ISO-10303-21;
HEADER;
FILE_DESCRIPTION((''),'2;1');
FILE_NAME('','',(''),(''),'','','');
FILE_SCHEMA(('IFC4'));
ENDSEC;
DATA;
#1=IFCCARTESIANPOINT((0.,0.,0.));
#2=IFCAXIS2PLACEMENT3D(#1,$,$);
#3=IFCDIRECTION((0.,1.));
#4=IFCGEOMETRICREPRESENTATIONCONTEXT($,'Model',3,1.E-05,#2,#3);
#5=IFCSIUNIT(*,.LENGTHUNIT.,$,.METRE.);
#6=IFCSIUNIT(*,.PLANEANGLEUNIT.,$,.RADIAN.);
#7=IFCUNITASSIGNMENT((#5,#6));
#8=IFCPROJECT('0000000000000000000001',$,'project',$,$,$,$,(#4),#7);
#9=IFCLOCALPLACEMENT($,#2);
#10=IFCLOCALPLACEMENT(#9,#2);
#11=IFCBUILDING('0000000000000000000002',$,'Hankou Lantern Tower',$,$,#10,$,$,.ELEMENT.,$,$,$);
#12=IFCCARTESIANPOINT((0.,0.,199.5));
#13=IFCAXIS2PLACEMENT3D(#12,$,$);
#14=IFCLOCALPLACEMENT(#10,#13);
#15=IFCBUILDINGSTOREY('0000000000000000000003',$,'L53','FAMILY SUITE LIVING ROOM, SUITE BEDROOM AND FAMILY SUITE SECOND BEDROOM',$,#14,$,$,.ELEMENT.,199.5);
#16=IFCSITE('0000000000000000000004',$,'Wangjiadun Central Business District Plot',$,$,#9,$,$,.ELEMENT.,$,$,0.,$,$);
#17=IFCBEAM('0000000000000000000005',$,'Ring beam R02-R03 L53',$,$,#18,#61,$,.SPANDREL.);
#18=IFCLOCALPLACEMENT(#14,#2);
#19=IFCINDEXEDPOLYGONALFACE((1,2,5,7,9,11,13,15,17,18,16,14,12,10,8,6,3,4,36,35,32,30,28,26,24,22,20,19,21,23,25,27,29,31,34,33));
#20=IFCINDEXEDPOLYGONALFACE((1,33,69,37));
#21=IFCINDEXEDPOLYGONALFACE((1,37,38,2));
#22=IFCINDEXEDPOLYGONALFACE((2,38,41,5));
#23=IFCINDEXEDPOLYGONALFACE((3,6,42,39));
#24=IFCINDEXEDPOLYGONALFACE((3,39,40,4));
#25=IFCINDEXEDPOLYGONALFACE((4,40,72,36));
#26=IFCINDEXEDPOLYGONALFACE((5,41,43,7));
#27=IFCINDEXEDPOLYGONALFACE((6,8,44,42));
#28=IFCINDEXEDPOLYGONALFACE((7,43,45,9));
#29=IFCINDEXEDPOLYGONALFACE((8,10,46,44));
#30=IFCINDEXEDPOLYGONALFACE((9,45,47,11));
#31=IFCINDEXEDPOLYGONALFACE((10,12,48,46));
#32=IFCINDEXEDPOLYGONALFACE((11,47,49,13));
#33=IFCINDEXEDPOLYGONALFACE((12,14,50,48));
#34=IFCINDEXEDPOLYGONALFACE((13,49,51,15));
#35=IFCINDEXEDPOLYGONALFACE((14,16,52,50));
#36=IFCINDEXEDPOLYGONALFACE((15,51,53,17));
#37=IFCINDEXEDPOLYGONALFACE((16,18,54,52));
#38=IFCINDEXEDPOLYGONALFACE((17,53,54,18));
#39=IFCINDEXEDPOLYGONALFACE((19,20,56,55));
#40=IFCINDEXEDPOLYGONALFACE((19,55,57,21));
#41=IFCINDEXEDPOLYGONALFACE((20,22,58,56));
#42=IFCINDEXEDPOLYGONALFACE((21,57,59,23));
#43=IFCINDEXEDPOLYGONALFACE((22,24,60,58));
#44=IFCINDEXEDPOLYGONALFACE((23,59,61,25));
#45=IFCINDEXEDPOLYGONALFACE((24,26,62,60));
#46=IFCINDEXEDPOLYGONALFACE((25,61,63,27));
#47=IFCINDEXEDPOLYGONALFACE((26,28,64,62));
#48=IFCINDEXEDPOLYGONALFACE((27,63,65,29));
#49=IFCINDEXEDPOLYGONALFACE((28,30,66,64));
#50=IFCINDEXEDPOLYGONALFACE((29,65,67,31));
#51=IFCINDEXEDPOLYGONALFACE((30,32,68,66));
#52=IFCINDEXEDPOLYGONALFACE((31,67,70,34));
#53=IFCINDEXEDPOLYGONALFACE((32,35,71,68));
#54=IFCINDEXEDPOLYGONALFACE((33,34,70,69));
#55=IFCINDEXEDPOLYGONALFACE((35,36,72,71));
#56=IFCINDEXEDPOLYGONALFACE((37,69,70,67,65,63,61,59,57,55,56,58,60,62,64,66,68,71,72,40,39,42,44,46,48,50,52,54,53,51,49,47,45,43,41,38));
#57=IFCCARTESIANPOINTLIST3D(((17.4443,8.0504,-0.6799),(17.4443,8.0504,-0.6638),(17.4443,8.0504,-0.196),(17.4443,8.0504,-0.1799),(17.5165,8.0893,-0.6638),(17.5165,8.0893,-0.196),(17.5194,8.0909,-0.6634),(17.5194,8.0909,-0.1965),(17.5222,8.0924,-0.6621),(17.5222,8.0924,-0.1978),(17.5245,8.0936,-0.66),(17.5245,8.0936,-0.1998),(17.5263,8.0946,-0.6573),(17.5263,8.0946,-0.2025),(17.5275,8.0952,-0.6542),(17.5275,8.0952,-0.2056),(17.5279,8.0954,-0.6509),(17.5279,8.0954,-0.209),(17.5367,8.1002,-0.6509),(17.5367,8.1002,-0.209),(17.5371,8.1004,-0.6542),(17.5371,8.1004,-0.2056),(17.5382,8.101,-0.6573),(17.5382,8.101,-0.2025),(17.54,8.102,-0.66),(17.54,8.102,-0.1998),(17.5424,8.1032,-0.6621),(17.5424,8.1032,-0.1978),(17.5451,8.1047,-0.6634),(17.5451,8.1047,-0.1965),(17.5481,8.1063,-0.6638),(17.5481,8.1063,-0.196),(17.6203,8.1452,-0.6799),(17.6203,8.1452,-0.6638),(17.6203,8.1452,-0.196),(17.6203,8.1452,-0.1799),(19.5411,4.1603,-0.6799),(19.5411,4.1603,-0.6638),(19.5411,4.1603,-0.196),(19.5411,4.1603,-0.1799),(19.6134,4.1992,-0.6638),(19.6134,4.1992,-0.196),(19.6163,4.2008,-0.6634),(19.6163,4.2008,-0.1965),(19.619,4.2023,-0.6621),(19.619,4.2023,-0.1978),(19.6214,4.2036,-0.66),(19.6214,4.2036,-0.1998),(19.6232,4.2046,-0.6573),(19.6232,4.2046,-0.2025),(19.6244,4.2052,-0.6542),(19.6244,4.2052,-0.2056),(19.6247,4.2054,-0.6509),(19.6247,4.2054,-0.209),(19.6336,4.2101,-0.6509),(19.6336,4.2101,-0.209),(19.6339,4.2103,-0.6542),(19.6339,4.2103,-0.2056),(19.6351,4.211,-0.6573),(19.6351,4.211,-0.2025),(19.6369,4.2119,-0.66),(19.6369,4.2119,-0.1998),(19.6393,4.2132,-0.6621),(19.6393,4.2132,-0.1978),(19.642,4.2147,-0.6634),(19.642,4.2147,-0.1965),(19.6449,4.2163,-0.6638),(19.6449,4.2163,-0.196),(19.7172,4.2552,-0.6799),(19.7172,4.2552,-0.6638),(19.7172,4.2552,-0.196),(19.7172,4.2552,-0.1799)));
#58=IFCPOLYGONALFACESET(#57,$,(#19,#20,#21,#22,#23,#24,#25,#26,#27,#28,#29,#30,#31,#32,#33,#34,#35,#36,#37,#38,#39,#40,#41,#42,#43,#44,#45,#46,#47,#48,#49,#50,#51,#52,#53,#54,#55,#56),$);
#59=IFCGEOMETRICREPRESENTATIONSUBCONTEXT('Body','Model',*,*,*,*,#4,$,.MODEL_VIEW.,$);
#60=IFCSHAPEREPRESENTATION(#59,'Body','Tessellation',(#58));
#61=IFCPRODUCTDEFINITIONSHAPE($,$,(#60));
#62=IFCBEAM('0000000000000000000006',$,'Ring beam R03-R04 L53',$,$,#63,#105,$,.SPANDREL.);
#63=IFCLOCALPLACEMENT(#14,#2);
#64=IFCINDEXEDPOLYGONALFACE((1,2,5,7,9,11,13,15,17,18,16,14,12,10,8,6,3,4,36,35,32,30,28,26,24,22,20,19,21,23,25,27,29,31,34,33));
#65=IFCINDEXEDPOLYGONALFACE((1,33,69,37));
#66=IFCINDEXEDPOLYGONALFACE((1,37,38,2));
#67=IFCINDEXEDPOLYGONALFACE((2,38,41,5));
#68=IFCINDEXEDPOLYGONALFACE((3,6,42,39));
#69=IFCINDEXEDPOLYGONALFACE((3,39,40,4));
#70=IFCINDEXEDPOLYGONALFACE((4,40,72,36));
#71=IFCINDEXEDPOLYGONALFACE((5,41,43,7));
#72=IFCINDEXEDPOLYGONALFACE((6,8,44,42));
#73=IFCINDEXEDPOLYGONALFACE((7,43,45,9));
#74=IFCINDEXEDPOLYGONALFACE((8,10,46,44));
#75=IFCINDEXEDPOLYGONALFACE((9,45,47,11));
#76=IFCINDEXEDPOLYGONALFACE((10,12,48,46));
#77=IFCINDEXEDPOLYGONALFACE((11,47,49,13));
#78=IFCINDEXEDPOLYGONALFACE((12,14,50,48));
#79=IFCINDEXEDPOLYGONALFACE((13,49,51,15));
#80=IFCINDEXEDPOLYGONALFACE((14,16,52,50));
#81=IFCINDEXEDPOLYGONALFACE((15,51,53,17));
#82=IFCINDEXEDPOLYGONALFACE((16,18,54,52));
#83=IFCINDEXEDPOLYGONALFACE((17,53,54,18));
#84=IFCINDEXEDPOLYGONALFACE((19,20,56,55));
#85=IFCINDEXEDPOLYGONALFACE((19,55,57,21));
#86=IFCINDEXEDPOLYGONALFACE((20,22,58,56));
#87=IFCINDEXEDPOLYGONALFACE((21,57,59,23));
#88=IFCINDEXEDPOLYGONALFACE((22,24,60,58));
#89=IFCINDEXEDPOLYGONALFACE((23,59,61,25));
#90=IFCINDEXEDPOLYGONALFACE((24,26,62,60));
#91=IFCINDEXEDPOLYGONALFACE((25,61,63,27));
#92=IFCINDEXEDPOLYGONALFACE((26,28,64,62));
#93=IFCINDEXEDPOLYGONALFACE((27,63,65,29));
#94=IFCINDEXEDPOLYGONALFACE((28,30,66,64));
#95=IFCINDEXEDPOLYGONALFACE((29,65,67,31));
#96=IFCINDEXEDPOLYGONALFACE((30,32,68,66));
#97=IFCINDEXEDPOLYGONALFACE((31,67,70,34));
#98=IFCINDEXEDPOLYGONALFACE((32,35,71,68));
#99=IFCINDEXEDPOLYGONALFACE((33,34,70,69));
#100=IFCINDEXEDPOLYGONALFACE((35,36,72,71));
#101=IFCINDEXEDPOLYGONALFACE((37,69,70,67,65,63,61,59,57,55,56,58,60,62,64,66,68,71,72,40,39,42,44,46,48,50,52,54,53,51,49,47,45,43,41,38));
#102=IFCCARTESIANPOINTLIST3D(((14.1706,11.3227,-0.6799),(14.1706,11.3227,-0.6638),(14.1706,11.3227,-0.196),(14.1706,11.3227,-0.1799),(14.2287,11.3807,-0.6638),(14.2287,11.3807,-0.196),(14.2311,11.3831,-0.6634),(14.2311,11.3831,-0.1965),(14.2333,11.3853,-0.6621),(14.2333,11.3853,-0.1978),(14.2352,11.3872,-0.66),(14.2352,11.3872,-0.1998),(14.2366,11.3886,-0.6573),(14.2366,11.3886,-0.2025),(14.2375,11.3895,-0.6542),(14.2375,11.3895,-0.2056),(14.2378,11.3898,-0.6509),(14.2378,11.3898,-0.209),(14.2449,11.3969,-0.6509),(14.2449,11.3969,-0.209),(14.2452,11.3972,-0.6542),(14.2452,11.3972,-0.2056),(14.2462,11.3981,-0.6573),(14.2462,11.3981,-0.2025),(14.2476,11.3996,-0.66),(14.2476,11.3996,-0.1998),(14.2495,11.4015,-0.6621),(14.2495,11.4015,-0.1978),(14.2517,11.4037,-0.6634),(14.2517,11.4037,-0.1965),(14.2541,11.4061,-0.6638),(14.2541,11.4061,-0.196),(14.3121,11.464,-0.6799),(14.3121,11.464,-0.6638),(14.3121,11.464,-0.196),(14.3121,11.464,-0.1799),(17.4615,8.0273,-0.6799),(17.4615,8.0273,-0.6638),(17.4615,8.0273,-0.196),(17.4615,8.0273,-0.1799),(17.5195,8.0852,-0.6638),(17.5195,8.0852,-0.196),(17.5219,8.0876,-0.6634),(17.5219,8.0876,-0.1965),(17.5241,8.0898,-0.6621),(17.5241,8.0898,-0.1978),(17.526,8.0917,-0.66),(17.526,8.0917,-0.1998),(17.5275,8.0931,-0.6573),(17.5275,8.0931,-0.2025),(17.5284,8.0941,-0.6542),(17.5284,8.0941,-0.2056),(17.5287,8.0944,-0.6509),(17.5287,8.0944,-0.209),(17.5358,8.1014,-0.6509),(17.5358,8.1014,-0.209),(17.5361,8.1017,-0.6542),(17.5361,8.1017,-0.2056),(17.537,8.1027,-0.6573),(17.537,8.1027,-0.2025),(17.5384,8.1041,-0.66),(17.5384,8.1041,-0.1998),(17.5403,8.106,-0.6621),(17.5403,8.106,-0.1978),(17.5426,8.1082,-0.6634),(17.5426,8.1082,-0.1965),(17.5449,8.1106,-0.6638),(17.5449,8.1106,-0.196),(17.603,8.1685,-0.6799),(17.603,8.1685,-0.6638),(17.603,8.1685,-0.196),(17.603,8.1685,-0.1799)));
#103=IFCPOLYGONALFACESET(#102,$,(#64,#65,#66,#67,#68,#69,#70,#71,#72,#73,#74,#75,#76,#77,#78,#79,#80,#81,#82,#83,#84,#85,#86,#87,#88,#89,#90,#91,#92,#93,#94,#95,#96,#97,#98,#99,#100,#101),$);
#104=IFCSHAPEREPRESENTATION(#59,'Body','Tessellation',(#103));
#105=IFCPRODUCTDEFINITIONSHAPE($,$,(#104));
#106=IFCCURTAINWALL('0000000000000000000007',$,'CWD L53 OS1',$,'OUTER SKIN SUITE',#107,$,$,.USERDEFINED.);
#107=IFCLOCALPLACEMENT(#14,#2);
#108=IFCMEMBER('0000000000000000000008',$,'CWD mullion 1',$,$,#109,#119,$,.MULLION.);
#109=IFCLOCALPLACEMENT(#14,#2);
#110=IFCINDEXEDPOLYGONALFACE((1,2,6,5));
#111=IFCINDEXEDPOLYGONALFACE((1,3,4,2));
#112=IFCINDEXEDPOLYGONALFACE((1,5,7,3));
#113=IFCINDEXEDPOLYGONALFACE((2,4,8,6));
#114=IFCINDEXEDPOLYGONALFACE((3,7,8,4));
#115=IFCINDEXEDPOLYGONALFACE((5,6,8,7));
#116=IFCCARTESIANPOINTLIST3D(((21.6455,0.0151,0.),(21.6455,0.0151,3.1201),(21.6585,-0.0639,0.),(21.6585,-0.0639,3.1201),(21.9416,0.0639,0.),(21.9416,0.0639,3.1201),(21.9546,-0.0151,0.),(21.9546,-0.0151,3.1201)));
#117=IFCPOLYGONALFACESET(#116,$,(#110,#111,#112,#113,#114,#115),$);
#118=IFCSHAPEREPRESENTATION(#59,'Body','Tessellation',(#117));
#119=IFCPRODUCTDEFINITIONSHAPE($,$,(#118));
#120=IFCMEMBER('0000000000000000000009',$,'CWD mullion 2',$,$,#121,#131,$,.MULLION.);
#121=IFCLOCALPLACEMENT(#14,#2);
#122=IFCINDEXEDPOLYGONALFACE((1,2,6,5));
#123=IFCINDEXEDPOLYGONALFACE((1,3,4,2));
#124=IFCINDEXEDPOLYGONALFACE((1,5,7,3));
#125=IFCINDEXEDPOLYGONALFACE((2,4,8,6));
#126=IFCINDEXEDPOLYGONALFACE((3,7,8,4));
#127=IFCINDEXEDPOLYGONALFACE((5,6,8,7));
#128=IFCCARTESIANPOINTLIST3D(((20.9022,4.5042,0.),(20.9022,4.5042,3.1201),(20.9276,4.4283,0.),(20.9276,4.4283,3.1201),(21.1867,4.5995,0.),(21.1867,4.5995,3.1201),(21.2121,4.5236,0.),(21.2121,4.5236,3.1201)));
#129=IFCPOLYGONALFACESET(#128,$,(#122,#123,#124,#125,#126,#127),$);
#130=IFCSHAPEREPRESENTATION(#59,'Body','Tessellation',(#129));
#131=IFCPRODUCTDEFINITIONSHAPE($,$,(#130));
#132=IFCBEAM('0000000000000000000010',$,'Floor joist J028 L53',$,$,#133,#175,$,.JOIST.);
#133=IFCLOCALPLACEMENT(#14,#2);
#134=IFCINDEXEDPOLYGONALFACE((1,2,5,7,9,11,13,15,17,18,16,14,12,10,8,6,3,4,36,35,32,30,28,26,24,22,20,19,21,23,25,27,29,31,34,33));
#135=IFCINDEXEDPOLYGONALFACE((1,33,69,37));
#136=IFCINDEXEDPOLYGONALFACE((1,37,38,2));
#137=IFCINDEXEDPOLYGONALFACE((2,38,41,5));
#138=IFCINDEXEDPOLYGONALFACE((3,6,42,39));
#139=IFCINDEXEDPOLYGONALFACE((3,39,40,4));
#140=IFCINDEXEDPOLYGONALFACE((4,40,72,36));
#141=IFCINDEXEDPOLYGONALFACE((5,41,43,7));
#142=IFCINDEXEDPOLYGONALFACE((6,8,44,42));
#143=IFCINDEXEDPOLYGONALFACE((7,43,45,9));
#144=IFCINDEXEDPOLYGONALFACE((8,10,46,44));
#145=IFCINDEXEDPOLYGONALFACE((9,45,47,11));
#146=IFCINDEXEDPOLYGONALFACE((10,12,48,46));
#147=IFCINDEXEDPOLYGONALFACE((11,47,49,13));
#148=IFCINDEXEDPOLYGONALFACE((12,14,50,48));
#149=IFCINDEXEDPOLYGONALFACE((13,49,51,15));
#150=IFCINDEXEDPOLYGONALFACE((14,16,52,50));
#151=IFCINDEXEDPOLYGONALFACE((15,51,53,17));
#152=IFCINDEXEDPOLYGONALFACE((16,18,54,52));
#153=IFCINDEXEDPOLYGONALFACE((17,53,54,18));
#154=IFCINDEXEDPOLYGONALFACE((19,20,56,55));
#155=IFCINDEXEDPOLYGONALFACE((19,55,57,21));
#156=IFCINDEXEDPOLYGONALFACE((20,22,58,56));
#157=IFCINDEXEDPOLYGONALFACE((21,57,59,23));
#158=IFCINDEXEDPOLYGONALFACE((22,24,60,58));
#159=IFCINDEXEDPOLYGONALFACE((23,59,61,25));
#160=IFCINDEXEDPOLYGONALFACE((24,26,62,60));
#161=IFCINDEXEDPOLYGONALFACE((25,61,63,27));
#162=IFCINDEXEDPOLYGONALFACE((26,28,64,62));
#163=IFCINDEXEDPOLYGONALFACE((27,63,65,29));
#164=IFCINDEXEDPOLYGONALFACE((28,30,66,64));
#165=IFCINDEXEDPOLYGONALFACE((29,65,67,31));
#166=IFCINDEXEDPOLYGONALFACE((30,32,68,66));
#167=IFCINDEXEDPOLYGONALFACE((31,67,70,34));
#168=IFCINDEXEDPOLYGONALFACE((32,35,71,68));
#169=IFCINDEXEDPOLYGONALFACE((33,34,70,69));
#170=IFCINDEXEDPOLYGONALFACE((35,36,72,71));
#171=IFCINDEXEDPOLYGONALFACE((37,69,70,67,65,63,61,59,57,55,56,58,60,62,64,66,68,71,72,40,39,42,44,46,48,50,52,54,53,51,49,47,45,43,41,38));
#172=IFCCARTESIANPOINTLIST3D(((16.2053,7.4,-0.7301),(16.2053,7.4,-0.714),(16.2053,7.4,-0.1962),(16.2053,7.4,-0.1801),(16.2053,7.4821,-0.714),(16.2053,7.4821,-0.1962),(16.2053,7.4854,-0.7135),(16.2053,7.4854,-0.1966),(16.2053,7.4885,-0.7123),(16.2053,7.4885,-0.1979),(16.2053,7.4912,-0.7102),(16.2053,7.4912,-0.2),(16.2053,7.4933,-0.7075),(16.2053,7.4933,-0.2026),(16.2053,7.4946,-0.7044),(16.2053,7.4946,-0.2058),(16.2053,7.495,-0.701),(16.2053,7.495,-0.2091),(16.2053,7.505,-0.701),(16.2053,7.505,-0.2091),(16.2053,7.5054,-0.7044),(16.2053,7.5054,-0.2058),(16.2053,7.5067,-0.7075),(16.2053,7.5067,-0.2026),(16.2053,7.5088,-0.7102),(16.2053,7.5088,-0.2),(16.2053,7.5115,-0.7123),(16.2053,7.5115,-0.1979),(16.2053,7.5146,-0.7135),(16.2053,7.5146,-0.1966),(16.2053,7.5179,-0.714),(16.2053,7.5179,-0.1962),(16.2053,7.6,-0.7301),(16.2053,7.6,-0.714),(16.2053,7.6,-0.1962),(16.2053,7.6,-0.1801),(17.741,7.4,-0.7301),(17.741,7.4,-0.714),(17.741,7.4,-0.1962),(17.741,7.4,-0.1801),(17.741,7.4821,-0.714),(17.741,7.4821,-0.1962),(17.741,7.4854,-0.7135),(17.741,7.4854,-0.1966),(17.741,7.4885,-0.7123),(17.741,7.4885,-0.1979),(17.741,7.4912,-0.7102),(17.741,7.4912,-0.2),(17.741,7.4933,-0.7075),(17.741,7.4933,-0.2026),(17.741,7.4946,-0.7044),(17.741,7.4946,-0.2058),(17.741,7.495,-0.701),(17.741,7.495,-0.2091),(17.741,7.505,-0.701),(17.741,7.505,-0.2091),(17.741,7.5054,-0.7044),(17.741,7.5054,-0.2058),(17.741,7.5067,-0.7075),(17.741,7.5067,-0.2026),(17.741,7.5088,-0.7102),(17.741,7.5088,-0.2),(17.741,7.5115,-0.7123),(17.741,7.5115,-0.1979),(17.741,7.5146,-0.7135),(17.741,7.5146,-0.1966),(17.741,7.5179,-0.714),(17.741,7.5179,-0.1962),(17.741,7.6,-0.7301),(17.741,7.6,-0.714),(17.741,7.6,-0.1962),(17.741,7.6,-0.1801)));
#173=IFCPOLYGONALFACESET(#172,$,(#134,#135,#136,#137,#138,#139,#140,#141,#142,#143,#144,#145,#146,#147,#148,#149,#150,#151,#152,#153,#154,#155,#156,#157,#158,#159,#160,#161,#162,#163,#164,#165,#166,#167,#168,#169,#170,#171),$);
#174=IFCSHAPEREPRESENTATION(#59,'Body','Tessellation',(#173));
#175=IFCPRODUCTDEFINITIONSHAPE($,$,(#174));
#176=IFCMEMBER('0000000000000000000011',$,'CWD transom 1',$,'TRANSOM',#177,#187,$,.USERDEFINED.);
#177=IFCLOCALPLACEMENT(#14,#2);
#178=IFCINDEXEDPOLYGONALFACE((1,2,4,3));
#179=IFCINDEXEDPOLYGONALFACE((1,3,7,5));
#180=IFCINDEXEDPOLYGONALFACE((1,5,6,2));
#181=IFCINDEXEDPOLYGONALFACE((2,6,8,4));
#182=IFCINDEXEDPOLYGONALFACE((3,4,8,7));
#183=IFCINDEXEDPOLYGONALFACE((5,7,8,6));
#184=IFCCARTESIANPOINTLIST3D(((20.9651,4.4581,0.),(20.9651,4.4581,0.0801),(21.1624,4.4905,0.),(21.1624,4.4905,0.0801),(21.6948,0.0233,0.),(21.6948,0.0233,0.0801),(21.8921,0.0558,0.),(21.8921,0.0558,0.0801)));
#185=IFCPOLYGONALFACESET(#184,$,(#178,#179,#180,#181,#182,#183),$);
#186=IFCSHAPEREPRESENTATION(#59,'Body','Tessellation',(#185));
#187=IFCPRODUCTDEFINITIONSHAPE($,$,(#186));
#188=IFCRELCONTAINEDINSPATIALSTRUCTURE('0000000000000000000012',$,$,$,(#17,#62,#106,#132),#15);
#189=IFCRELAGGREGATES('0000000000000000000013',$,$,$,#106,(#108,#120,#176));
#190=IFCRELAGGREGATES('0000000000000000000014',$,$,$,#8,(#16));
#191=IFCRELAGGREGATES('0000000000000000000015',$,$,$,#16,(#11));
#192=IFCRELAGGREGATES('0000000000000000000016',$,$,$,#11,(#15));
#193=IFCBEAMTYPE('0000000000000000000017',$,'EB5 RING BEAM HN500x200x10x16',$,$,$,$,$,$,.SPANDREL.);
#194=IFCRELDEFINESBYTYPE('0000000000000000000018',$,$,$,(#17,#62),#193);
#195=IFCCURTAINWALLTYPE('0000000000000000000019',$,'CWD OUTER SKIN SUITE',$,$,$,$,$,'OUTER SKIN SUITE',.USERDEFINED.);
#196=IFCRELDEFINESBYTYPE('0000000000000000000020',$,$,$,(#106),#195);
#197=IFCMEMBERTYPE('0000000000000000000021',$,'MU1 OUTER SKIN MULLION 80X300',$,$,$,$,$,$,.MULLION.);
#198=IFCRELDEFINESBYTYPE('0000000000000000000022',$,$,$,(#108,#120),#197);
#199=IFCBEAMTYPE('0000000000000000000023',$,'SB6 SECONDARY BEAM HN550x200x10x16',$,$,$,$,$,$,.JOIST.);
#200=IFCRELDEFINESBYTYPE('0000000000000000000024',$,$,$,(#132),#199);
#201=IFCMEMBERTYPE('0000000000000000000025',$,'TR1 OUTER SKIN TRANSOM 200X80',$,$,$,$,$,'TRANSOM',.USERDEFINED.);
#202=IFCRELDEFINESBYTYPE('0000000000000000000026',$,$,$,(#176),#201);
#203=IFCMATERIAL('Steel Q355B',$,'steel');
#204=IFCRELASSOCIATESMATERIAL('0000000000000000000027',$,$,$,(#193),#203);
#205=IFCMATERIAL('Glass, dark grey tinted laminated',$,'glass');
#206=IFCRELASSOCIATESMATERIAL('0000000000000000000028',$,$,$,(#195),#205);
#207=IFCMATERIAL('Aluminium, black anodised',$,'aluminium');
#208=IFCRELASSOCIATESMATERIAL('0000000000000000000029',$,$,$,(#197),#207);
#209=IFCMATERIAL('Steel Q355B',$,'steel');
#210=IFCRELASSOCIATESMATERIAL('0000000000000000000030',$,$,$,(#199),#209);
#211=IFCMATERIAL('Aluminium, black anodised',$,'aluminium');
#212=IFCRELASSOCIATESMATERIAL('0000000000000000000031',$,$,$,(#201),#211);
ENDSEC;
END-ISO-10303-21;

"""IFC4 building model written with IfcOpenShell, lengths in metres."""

from ifc_helpers import new_model, si_unit, direction, frame, origin, origin_2d, place, context, subcontext, project, spatial, rectangle, i_section, extrude, material, material_profile, profile_set, type_object, element, aggregate, save


model = new_model("IFC4")

# Units and contexts
model_context = context("Model", 3, precision=1e-05, world=origin(), true_north=direction((0.0, 1.0)))
body_context = subcontext(model_context, "Body", "Model", "MODEL_VIEW")
ifc_project = project(units=[si_unit("LENGTHUNIT", "METRE"), si_unit("PLANEANGLEUNIT", "RADIAN")], contexts=[model_context])

# Site, building, storey
site_placement = place(None, origin())
site = spatial("IfcSite", under=ifc_project, at=site_placement, Name="Wangjiadun Central Business District Plot", CompositionType="ELEMENT", RefElevation=0.0)
building_placement = place(site_placement, origin())
building = spatial("IfcBuilding", under=site, at=building_placement, Name="Hankou Lantern Tower", CompositionType="ELEMENT")
storey_placement = place(building_placement, frame((0.0, 0.0, 199.5)))
storey = spatial("IfcBuildingStorey", under=building, at=storey_placement, Name="L53", Description="FAMILY SUITE LIVING ROOM, SUITE BEDROOM AND FAMILY SUITE SECOND BEDROOM", CompositionType="ELEMENT", Elevation=199.5)

# Beams
ifc_material_1 = material(Name="Steel Q355B", Category="steel")
ifc_material_profile_1 = material_profile(ifc_material_1, i_section(OverallWidth=0.2, OverallDepth=0.5, WebThickness=0.01, FlangeThickness=0.0161, FilletRadius=0.0129, at=origin_2d()), Name="HN500x200x10x16")
ifc_profile_set_1 = profile_set([ifc_material_profile_1], Name="Steel Q355B")
beam_type_1 = type_object("IfcBeamType", Name="EB5 RING BEAM HN500x200x10x16", PredefinedType="SPANDREL", material=ifc_profile_set_1)
beam_1_placement = place(storey_placement, frame((19.6292, 4.2078, -0.4299), z_axis=(-0.474492, 0.88026, 0.0), x_axis=(-0.88026, -0.474492, 0.0)))
element("IfcBeam", 1, at=beam_1_placement, inside=storey, type_object=beam_type_1, Name="Ring beam R02-R03 L53", PredefinedType="SPANDREL", context=body_context, shape_type="SweptSolid", body=[
    extrude(i_section(OverallWidth=0.2, OverallDepth=0.5, WebThickness=0.01, FlangeThickness=0.0161, FilletRadius=0.0129, at=origin_2d()), origin(), (0.0, 0.0, 1.0), 4.4192),
])
beam_2_placement = place(storey_placement, frame((17.5322, 8.0979, -0.4299), z_axis=(-0.706609, 0.707605, 0.0), x_axis=(-0.707605, -0.706609, 0.0)))
element("IfcBeam", 2, at=beam_2_placement, inside=storey, type_object=beam_type_1, Name="Ring beam R03-R04 L53", PredefinedType="SPANDREL", context=body_context, shape_type="SweptSolid", body=[
    extrude(i_section(OverallWidth=0.2, OverallDepth=0.5, WebThickness=0.01, FlangeThickness=0.0161, FilletRadius=0.0129, at=origin_2d()), origin(), (0.0, 0.0, 1.0), 4.6572),
])

# Curtain wall, members
ifc_material_2 = material(Name="Glass, dark grey tinted laminated", Category="glass")
curtain_wall_type = type_object("IfcCurtainWallType", Name="CWD OUTER SKIN SUITE", ElementType="OUTER SKIN SUITE", PredefinedType="USERDEFINED", material=ifc_material_2)
curtain_wall_placement = place(storey_placement, origin())
curtain_wall = element("IfcCurtainWall", 3, at=curtain_wall_placement, inside=storey, type_object=curtain_wall_type, Name="CWD L53 OS1", ObjectType="OUTER SKIN SUITE", PredefinedType="USERDEFINED")
ifc_material_3 = material(Name="Aluminium, black anodised", Category="aluminium")
ifc_material_profile_2 = material_profile(ifc_material_3, rectangle(XDim=0.0801, YDim=0.3, at=origin_2d()), Name="MU1 80X300")
ifc_profile_set_2 = profile_set([ifc_material_profile_2], Name="Aluminium, black anodised")
member_type_1 = type_object("IfcMemberType", Name="MU1 OUTER SKIN MULLION 80X300", PredefinedType="MULLION", material=ifc_profile_set_2)
member_1_placement = place(storey_placement, frame((21.8, 0.0, 0.0), z_axis=(0.0, 0.0, 1.0), x_axis=(-0.162382, 0.986728, 0.0)))
member_1 = element("IfcMember", 4, at=member_1_placement, type_object=member_type_1, Name="CWD mullion 1", PredefinedType="MULLION", context=body_context, shape_type="SweptSolid", body=[
    extrude(rectangle(XDim=0.0801, YDim=0.3, at=origin_2d()), origin(), (0.0, 0.0, 1.0), 3.1201),
])
member_2_placement = place(storey_placement, frame((21.0571, 4.5139, 0.0), z_axis=(0.0, 0.0, 1.0), x_axis=(-0.317596, 0.948226, 0.0)))
member_2 = element("IfcMember", 5, at=member_2_placement, type_object=member_type_1, Name="CWD mullion 2", PredefinedType="MULLION", context=body_context, shape_type="SweptSolid", body=[
    extrude(rectangle(XDim=0.0801, YDim=0.3, at=origin_2d()), origin(), (0.0, 0.0, 1.0), 3.1201),
])

# Beam
ifc_material_4 = material(Name="Steel Q355B", Category="steel")
ifc_material_profile_3 = material_profile(ifc_material_4, i_section(OverallWidth=0.2, OverallDepth=0.55, WebThickness=0.01, FlangeThickness=0.0161, FilletRadius=0.0129, at=origin_2d()), Name="HN550x200x10x16")
ifc_profile_set_3 = profile_set([ifc_material_profile_3], Name="Steel Q355B")
beam_type_2 = type_object("IfcBeamType", Name="SB6 SECONDARY BEAM HN550x200x10x16", PredefinedType="JOIST", material=ifc_profile_set_3)
beam_3_placement = place(storey_placement, frame((16.2053, 7.5, -0.4551), z_axis=(1.0, 0.0, 0.0), x_axis=(0.0, 1.0, 0.0)))
element("IfcBeam", 6, at=beam_3_placement, inside=storey, type_object=beam_type_2, Name="Floor joist J028 L53", PredefinedType="JOIST", context=body_context, shape_type="SweptSolid", body=[
    extrude(i_section(OverallWidth=0.2, OverallDepth=0.55, WebThickness=0.01, FlangeThickness=0.0161, FilletRadius=0.0129, at=origin_2d()), origin(), (0.0, 0.0, 1.0), 1.5356),
])

# Member
ifc_material_5 = material(Name="Aluminium, black anodised", Category="aluminium")
ifc_material_profile_4 = material_profile(ifc_material_5, rectangle(XDim=0.2, YDim=0.0801, at=origin_2d()), Name="TR1 200X80")
ifc_profile_set_4 = profile_set([ifc_material_profile_4], Name="Aluminium, black anodised")
member_type_2 = type_object("IfcMemberType", Name="TR1 OUTER SKIN TRANSOM 200X80", ElementType="TRANSOM", PredefinedType="USERDEFINED", material=ifc_profile_set_4)
member_3_placement = place(storey_placement, frame((21.7935, 0.0396, 0.04), z_axis=(-0.162364, 0.986731, 0.0), x_axis=(-0.986731, -0.162364, 0.0)))
member_3 = element("IfcMember", 7, at=member_3_placement, type_object=member_type_2, Name="CWD transom 1", ObjectType="TRANSOM", PredefinedType="USERDEFINED", context=body_context, shape_type="SweptSolid", body=[
    extrude(rectangle(XDim=0.2, YDim=0.0801, at=origin_2d()), origin(), (0.0, 0.0, 1.0), 4.4944),
])

aggregate(curtain_wall, [member_1, member_2, member_3])

save(model, "model.ifc")
